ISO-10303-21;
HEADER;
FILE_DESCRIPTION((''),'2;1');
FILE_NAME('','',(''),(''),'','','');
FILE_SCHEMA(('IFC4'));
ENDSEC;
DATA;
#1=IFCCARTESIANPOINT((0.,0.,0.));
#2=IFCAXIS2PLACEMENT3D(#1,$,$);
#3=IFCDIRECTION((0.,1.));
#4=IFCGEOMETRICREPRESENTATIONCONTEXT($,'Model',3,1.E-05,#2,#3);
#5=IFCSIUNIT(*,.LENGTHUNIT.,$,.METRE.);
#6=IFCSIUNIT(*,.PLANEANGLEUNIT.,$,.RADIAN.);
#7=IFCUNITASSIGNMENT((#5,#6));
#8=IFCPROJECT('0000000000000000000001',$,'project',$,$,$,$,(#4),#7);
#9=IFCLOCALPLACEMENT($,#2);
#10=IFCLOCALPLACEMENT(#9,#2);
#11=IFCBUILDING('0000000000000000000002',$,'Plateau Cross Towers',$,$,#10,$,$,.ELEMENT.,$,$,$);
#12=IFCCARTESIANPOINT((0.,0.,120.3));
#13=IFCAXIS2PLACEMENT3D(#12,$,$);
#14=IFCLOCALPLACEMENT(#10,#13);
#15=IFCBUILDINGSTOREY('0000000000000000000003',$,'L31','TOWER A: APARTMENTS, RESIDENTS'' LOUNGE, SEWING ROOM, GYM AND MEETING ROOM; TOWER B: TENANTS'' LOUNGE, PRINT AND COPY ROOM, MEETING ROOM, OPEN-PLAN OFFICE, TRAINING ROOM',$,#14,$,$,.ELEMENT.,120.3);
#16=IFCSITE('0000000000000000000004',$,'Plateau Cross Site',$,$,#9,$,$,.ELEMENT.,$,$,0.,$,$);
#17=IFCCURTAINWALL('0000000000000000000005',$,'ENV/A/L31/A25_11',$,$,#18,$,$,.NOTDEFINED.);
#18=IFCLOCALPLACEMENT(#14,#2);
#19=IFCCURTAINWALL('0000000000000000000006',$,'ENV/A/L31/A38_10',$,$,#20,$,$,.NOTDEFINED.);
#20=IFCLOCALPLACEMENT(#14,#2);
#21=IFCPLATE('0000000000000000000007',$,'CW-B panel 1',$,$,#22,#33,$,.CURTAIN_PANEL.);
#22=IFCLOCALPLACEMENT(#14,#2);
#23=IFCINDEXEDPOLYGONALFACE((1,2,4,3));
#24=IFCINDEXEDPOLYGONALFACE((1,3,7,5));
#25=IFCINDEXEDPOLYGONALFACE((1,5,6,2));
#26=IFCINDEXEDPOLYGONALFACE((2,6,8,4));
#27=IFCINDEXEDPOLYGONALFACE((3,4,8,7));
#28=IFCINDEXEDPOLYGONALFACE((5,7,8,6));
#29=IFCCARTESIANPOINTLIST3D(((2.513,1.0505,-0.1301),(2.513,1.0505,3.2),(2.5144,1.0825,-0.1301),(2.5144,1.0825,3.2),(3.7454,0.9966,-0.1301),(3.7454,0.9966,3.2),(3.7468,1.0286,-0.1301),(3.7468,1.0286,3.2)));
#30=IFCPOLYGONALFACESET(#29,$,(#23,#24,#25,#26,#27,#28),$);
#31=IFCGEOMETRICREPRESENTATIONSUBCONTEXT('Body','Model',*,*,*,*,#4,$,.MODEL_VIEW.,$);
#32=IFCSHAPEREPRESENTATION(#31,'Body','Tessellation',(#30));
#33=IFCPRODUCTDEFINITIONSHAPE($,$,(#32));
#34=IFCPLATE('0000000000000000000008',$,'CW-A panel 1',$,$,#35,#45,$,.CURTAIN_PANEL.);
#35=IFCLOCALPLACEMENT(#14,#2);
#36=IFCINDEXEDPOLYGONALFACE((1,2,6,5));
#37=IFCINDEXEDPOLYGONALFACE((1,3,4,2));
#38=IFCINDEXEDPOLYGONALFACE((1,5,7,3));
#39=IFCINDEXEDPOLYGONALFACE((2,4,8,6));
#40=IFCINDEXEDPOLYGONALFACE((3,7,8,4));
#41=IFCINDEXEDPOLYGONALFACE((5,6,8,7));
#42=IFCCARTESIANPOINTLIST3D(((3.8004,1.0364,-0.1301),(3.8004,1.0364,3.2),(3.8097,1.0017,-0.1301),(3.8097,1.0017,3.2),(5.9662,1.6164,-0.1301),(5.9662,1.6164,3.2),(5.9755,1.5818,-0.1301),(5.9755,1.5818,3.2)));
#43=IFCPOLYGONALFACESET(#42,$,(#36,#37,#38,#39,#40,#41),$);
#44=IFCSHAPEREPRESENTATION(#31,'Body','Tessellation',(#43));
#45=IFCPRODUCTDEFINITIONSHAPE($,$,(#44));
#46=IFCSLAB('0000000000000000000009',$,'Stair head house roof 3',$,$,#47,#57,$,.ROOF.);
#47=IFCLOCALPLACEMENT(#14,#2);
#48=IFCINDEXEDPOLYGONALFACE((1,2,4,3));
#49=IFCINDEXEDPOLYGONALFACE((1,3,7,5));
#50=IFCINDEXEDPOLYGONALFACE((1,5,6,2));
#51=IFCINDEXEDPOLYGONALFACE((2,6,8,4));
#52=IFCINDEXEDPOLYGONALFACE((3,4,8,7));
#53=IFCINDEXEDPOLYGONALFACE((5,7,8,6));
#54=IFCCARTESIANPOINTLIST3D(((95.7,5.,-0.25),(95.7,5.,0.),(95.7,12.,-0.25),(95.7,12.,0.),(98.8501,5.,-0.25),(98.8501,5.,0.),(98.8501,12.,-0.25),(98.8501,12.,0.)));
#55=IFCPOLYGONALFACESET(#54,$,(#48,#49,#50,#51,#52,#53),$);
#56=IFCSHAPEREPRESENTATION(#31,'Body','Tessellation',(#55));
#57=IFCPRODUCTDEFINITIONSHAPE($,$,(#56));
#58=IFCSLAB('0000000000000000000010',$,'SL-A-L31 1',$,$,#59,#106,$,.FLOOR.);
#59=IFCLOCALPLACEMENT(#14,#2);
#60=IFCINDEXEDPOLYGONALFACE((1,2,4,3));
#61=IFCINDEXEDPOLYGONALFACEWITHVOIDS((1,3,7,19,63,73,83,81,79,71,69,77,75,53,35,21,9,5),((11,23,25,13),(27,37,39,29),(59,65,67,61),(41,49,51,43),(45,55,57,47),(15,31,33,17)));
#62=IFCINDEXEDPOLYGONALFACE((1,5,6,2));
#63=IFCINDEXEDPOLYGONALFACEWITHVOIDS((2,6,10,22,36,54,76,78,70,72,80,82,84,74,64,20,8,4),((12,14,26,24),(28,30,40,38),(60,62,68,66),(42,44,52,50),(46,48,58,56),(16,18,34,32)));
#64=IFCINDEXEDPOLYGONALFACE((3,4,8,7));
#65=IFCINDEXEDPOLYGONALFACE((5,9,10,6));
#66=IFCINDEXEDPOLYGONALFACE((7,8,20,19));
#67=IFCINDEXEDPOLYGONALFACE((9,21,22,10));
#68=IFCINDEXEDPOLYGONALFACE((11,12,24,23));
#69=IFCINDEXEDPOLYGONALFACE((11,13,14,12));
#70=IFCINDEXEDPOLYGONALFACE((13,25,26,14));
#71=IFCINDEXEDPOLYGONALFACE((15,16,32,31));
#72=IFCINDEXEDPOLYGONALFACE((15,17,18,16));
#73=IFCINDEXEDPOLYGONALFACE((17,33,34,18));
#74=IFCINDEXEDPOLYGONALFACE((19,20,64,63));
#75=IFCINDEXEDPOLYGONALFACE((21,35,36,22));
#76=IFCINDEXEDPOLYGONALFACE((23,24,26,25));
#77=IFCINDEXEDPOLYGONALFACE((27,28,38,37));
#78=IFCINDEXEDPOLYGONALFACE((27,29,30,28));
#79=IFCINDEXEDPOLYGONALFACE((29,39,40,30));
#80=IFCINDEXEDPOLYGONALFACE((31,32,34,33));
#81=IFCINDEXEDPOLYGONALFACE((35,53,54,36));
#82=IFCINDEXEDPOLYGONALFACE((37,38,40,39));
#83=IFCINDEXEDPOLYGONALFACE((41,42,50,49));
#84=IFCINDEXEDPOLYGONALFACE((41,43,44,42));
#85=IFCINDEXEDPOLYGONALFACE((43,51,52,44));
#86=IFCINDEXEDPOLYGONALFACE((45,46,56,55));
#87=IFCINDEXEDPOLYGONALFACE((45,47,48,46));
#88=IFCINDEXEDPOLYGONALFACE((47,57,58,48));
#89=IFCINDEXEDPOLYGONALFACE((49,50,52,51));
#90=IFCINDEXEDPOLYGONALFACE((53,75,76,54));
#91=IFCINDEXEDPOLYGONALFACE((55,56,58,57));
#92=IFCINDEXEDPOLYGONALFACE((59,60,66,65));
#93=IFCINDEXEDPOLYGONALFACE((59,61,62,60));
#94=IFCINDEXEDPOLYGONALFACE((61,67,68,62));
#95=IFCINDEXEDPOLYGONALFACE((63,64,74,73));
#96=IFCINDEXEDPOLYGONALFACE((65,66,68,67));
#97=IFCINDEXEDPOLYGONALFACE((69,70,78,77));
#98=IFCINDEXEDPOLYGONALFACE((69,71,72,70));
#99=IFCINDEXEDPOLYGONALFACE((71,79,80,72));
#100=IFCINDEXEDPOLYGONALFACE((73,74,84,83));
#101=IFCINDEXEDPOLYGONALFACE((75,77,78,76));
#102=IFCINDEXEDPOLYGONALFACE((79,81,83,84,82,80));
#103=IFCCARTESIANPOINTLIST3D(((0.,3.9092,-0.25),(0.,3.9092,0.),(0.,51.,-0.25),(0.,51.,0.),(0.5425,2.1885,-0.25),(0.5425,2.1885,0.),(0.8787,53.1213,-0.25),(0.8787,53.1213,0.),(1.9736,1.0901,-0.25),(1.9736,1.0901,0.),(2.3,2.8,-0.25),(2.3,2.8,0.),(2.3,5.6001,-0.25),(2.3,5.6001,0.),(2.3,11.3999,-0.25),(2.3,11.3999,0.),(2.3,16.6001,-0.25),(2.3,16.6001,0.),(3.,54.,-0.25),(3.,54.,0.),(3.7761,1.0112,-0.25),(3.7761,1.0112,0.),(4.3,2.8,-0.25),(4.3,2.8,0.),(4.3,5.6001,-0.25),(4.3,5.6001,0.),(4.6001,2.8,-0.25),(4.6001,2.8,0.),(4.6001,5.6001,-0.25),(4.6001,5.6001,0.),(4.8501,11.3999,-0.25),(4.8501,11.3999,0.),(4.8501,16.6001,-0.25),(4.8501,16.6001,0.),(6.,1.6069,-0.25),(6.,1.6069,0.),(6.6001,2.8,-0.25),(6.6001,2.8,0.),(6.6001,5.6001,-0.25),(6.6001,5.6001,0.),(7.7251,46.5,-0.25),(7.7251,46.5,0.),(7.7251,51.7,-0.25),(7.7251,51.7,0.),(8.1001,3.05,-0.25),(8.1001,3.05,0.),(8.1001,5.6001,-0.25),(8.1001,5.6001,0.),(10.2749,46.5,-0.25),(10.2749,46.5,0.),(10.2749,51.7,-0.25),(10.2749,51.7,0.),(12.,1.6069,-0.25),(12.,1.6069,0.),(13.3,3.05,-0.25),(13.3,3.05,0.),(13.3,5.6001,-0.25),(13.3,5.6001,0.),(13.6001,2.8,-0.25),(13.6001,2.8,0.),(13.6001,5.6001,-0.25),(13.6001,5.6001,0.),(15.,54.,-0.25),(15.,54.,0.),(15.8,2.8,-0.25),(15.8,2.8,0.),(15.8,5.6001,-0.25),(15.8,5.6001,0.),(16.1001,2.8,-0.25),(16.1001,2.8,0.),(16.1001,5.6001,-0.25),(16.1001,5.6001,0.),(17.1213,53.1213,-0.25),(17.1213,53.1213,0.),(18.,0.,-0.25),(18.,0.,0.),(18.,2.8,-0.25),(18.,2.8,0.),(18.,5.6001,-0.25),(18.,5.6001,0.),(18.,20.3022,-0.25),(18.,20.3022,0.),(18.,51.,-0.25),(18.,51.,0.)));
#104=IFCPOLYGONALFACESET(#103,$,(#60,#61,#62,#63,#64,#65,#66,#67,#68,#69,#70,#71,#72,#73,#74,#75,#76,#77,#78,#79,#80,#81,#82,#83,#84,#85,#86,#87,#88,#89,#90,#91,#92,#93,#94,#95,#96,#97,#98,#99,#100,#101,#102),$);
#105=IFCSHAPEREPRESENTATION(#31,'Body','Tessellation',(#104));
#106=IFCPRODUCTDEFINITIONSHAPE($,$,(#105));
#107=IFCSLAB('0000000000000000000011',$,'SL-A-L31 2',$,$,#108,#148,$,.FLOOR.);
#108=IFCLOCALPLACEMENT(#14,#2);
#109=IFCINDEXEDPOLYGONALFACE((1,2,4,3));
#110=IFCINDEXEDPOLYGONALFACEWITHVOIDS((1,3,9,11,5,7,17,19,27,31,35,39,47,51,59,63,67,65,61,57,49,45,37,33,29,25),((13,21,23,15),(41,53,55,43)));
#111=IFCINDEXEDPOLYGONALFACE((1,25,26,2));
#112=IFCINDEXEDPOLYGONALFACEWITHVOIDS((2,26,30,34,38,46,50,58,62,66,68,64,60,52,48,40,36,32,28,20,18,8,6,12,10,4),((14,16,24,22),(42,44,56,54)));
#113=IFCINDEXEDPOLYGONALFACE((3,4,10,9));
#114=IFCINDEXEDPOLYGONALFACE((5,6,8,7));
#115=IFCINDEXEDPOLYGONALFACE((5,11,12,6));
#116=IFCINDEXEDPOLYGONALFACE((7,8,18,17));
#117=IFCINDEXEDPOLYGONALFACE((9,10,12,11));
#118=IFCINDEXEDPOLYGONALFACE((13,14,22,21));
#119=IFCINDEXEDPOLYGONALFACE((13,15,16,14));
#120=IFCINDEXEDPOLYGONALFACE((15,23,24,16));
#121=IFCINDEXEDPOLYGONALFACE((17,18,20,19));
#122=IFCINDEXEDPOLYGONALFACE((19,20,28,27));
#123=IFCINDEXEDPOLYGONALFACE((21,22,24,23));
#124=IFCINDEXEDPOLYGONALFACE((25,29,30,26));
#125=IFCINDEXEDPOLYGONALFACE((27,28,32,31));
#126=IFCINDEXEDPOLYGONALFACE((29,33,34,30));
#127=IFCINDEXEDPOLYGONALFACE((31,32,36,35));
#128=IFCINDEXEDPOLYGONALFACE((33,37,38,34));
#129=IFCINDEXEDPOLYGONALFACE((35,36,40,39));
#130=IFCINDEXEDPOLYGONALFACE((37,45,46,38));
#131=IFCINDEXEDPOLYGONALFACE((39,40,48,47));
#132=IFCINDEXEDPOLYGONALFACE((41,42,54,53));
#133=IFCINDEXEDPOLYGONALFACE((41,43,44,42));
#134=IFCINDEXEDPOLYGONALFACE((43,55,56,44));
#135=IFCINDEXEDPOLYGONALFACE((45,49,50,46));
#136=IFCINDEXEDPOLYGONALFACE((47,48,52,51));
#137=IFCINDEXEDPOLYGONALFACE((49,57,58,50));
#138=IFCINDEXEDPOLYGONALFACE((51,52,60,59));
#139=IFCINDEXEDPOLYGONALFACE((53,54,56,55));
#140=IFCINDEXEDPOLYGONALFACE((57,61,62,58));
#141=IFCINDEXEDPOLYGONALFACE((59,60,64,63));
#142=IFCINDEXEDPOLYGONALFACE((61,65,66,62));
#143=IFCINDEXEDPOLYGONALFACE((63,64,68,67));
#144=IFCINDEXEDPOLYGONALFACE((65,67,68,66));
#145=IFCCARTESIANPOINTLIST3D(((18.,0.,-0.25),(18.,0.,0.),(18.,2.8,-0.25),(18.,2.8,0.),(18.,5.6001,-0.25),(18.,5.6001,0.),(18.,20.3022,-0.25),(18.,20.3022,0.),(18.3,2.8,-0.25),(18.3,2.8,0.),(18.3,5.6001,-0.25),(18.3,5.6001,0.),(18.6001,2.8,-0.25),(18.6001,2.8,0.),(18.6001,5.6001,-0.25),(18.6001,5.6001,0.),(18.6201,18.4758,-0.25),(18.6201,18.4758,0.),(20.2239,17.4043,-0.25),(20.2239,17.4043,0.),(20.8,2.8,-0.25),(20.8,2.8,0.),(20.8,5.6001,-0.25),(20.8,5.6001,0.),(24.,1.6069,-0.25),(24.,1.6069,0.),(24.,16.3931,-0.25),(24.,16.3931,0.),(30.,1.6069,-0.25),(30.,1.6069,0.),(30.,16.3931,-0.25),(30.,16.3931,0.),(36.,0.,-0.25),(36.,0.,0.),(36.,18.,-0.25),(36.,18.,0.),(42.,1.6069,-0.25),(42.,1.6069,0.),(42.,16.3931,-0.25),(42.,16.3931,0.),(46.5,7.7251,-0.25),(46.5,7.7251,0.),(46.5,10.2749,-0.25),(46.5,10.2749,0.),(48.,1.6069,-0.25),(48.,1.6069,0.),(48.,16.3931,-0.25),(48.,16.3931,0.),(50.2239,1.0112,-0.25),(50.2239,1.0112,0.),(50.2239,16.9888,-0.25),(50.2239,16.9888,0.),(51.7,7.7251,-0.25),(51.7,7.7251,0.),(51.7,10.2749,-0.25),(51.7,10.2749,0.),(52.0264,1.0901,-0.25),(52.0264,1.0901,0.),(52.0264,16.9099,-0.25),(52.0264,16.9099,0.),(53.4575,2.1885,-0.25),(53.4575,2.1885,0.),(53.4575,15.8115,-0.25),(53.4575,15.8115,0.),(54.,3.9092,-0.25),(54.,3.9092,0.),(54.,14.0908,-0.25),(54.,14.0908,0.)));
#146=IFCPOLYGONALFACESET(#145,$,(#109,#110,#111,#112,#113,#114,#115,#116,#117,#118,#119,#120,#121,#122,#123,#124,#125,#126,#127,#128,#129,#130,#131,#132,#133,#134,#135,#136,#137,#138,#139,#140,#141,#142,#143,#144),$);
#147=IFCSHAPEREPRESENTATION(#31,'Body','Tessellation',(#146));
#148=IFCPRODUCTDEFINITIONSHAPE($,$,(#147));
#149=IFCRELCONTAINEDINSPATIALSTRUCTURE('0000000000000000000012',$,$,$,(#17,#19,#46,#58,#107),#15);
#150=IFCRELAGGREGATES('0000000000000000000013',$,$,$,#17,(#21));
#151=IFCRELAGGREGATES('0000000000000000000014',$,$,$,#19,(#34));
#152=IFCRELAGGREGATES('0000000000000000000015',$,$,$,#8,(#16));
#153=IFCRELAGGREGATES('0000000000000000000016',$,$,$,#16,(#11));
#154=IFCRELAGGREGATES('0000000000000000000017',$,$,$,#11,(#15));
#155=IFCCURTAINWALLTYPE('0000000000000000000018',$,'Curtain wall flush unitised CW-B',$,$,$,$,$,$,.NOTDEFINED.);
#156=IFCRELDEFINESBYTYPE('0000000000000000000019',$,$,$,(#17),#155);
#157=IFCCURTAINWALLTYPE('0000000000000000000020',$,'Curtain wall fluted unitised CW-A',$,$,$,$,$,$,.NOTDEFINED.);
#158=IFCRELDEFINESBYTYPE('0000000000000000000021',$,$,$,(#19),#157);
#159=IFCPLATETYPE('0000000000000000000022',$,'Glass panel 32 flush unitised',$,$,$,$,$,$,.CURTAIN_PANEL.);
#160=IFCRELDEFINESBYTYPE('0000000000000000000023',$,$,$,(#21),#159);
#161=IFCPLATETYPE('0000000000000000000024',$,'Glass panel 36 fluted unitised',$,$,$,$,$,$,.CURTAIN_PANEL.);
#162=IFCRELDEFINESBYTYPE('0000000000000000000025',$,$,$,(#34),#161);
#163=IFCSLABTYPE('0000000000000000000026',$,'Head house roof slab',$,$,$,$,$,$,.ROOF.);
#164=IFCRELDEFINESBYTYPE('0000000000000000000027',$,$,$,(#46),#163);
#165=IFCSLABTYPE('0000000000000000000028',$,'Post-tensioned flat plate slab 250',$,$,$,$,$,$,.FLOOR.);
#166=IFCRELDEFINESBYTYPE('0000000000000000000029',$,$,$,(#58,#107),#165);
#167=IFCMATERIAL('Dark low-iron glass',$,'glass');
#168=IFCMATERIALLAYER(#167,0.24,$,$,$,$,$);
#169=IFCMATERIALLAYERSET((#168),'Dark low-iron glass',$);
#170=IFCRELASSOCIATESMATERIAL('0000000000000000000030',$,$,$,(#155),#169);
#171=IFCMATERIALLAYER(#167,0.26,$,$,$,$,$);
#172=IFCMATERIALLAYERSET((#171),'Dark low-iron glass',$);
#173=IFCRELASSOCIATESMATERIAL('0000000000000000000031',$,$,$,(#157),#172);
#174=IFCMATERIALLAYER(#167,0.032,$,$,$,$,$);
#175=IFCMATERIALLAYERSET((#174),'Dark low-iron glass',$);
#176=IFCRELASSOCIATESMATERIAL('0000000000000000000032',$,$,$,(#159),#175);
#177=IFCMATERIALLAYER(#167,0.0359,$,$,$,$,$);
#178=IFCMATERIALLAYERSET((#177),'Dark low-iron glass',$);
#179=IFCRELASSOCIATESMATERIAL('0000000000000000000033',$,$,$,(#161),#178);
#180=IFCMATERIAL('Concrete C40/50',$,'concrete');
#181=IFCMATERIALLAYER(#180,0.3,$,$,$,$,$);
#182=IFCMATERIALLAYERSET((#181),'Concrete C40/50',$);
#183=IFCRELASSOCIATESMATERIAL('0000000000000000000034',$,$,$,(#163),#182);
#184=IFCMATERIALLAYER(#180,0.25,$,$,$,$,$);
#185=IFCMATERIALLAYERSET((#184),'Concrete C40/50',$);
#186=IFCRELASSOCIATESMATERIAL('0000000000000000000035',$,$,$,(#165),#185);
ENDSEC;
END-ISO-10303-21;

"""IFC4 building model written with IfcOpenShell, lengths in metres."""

from ifc_helpers import new_model, si_unit, direction, frame, origin, origin_2d, place, context, subcontext, project, spatial, polyline, rectangle, outline, extrude, material, layer, layer_set, type_object, element, aggregate, save


model = new_model("IFC4")

# Units and contexts
model_context = context("Model", 3, precision=1e-05, world=origin(), true_north=direction((0.0, 1.0)))
body_context = subcontext(model_context, "Body", "Model", "MODEL_VIEW")
ifc_project = project(units=[si_unit("LENGTHUNIT", "METRE"), si_unit("PLANEANGLEUNIT", "RADIAN")], contexts=[model_context])

# Site, building, storey
site_placement = place(None, origin())
site = spatial("IfcSite", under=ifc_project, at=site_placement, Name="Plateau Cross Site", CompositionType="ELEMENT", RefElevation=0.0)
building_placement = place(site_placement, origin())
building = spatial("IfcBuilding", under=site, at=building_placement, Name="Plateau Cross Towers", CompositionType="ELEMENT")
storey_placement = place(building_placement, frame((0.0, 0.0, 120.3)))
storey = spatial("IfcBuildingStorey", under=building, at=storey_placement, Name="L31", Description="TOWER A: APARTMENTS, RESIDENTS' LOUNGE, SEWING ROOM, GYM AND MEETING ROOM; TOWER B: TENANTS' LOUNGE, PRINT AND COPY ROOM, MEETING ROOM, OPEN-PLAN OFFICE, TRAINING ROOM", CompositionType="ELEMENT", Elevation=120.3)

# Shared definitions
ifc_material_1 = material(Name="Dark low-iron glass", Category="glass")
ifc_layer_1 = layer(ifc_material_1, 0.24)
ifc_layer_set_1 = layer_set([ifc_layer_1], Name="Dark low-iron glass")
curtain_wall_type_1 = type_object("IfcCurtainWallType", Name="Curtain wall flush unitised CW-B", PredefinedType="NOTDEFINED", material=ifc_layer_set_1)

# Curtain walls
curtain_wall_1_placement = place(storey_placement, origin())
curtain_wall_1 = element("IfcCurtainWall", 1, at=curtain_wall_1_placement, inside=storey, type_object=curtain_wall_type_1, Name="ENV/A/L31/A25_11", PredefinedType="NOTDEFINED")
ifc_layer_2 = layer(ifc_material_1, 0.26)
ifc_layer_set_2 = layer_set([ifc_layer_2], Name="Dark low-iron glass")
curtain_wall_type_2 = type_object("IfcCurtainWallType", Name="Curtain wall fluted unitised CW-A", PredefinedType="NOTDEFINED", material=ifc_layer_set_2)
curtain_wall_2_placement = place(storey_placement, origin())
curtain_wall_2 = element("IfcCurtainWall", 2, at=curtain_wall_2_placement, inside=storey, type_object=curtain_wall_type_2, Name="ENV/A/L31/A38_10", PredefinedType="NOTDEFINED")

# Shared definitions
ifc_material_2 = material(Name="Concrete C40/50", Category="concrete")

# Plates
ifc_layer_3 = layer(ifc_material_1, 0.032)
ifc_layer_set_3 = layer_set([ifc_layer_3], Name="Dark low-iron glass")
plate_type_1 = type_object("IfcPlateType", Name="Glass panel 32 flush unitised", PredefinedType="CURTAIN_PANEL", material=ifc_layer_set_3)
plate_1_placement = place(storey_placement, frame((3.1299, 1.0396, -0.1301), z_axis=(0.0, 0.0, 1.0), x_axis=(0.999044, -0.043723, 0.0)))
plate_1 = element("IfcPlate", 3, at=plate_1_placement, type_object=plate_type_1, Name="CW-B panel 1", PredefinedType="CURTAIN_PANEL", context=body_context, shape_type="SweptSolid", body=[
    extrude(rectangle(XDim=1.2336, YDim=0.032, at=origin_2d()), origin(), (0.0, 0.0, 1.0), 3.3301),
])
aggregate(curtain_wall_1, [plate_1])
ifc_layer_4 = layer(ifc_material_1, 0.0359)
ifc_layer_set_4 = layer_set([ifc_layer_4], Name="Dark low-iron glass")
plate_type_2 = type_object("IfcPlateType", Name="Glass panel 36 fluted unitised", PredefinedType="CURTAIN_PANEL", material=ifc_layer_set_4)
plate_2_placement = place(storey_placement, frame((4.8879, 1.3091, -0.1301), z_axis=(0.0, 0.0, 1.0), x_axis=(0.965958, 0.258699, 0.0)))
plate_2 = element("IfcPlate", 4, at=plate_2_placement, type_object=plate_type_2, Name="CW-A panel 1", PredefinedType="CURTAIN_PANEL", context=body_context, shape_type="SweptSolid", body=[
    extrude(rectangle(XDim=2.2422, YDim=0.0359, at=origin_2d()), origin(), (0.0, 0.0, 1.0), 3.3301),
])
aggregate(curtain_wall_2, [plate_2])

# Slabs
ifc_layer_5 = layer(ifc_material_2, 0.3)
ifc_layer_set_5 = layer_set([ifc_layer_5], Name="Concrete C40/50")
slab_type_1 = type_object("IfcSlabType", Name="Head house roof slab", PredefinedType="ROOF", material=ifc_layer_set_5)
slab_1_placement = place(storey_placement, frame((0.0, 0.0, -0.25)))
element("IfcSlab", 5, at=slab_1_placement, inside=storey, type_object=slab_type_1, Name="Stair head house roof 3", PredefinedType="ROOF", context=body_context, shape_type="SweptSolid", body=[
    extrude(outline(polyline([(95.7, 5.0), (98.8501, 5.0), (98.8501, 12.0), (95.7, 12.0), (95.7, 5.0)])), origin(), (0.0, 0.0, 1.0), 0.25),
])
ifc_layer_6 = layer(ifc_material_2, 0.25)
ifc_layer_set_6 = layer_set([ifc_layer_6], Name="Concrete C40/50")
slab_type_2 = type_object("IfcSlabType", Name="Post-tensioned flat plate slab 250", PredefinedType="FLOOR", material=ifc_layer_set_6)
slab_2_placement = place(storey_placement, frame((0.0, 0.0, -0.25)))
element("IfcSlab", 6, at=slab_2_placement, inside=storey, type_object=slab_type_2, Name="SL-A-L31 1", PredefinedType="FLOOR", context=body_context, shape_type="SweptSolid", body=[
    extrude(outline(polyline([(0.5425, 2.1885), (0.0, 3.9092), (0.0, 51.0), (0.8787, 53.1213), (3.0, 54.0), (15.0, 54.0), (17.1213, 53.1213), (18.0, 51.0), (18.0, 20.3022), (18.0, 5.6001), (16.1001, 5.6001), (16.1001, 2.8), (18.0, 2.8), (18.0, 0.0), (12.0, 1.6069), (6.0, 1.6069), (3.7761, 1.0112), (1.9736, 1.0901), (0.5425, 2.1885)]), holes=[polyline([(4.3, 5.6001), (2.3, 5.6001), (2.3, 2.8), (4.3, 2.8), (4.3, 5.6001)]), polyline([(6.6001, 5.6001), (4.6001, 5.6001), (4.6001, 2.8), (6.6001, 2.8), (6.6001, 5.6001)]), polyline([(15.8, 5.6001), (13.6001, 5.6001), (13.6001, 2.8), (15.8, 2.8), (15.8, 5.6001)]), polyline([(13.3, 5.6001), (8.1001, 5.6001), (8.1001, 3.05), (13.3, 3.05), (13.3, 5.6001)]), polyline([(4.8501, 16.6001), (2.3, 16.6001), (2.3, 11.3999), (4.8501, 11.3999), (4.8501, 16.6001)]), polyline([(10.2749, 51.7), (7.7251, 51.7), (7.7251, 46.5), (10.2749, 46.5), (10.2749, 51.7)])]), origin(), (0.0, 0.0, 1.0), 0.25),
])
slab_3_placement = place(storey_placement, frame((0.0, 0.0, -0.25)))
element("IfcSlab", 7, at=slab_3_placement, inside=storey, type_object=slab_type_2, Name="SL-A-L31 2", PredefinedType="FLOOR", context=body_context, shape_type="SweptSolid", body=[
    extrude(outline(polyline([(18.6201, 18.4758), (20.2239, 17.4043), (24.0, 16.3931), (30.0, 16.3931), (36.0, 18.0), (42.0, 16.3931), (48.0, 16.3931), (50.2239, 16.9888), (52.0264, 16.9099), (53.4575, 15.8115), (54.0, 14.0908), (54.0, 3.9092), (53.4575, 2.1885), (52.0264, 1.0901), (50.2239, 1.0112), (48.0, 1.6069), (42.0, 1.6069), (36.0, 0.0), (30.0, 1.6069), (24.0, 1.6069), (18.0, 0.0), (18.0, 2.8), (18.3, 2.8), (18.3, 5.6001), (18.0, 5.6001), (18.0, 20.3022), (18.6201, 18.4758)]), holes=[polyline([(20.8, 5.6001), (18.6001, 5.6001), (18.6001, 2.8), (20.8, 2.8), (20.8, 5.6001)]), polyline([(51.7, 10.2749), (46.5, 10.2749), (46.5, 7.7251), (51.7, 7.7251), (51.7, 10.2749)])]), origin(), (0.0, 0.0, 1.0), 0.25),
])

save(model, "model.ifc")
